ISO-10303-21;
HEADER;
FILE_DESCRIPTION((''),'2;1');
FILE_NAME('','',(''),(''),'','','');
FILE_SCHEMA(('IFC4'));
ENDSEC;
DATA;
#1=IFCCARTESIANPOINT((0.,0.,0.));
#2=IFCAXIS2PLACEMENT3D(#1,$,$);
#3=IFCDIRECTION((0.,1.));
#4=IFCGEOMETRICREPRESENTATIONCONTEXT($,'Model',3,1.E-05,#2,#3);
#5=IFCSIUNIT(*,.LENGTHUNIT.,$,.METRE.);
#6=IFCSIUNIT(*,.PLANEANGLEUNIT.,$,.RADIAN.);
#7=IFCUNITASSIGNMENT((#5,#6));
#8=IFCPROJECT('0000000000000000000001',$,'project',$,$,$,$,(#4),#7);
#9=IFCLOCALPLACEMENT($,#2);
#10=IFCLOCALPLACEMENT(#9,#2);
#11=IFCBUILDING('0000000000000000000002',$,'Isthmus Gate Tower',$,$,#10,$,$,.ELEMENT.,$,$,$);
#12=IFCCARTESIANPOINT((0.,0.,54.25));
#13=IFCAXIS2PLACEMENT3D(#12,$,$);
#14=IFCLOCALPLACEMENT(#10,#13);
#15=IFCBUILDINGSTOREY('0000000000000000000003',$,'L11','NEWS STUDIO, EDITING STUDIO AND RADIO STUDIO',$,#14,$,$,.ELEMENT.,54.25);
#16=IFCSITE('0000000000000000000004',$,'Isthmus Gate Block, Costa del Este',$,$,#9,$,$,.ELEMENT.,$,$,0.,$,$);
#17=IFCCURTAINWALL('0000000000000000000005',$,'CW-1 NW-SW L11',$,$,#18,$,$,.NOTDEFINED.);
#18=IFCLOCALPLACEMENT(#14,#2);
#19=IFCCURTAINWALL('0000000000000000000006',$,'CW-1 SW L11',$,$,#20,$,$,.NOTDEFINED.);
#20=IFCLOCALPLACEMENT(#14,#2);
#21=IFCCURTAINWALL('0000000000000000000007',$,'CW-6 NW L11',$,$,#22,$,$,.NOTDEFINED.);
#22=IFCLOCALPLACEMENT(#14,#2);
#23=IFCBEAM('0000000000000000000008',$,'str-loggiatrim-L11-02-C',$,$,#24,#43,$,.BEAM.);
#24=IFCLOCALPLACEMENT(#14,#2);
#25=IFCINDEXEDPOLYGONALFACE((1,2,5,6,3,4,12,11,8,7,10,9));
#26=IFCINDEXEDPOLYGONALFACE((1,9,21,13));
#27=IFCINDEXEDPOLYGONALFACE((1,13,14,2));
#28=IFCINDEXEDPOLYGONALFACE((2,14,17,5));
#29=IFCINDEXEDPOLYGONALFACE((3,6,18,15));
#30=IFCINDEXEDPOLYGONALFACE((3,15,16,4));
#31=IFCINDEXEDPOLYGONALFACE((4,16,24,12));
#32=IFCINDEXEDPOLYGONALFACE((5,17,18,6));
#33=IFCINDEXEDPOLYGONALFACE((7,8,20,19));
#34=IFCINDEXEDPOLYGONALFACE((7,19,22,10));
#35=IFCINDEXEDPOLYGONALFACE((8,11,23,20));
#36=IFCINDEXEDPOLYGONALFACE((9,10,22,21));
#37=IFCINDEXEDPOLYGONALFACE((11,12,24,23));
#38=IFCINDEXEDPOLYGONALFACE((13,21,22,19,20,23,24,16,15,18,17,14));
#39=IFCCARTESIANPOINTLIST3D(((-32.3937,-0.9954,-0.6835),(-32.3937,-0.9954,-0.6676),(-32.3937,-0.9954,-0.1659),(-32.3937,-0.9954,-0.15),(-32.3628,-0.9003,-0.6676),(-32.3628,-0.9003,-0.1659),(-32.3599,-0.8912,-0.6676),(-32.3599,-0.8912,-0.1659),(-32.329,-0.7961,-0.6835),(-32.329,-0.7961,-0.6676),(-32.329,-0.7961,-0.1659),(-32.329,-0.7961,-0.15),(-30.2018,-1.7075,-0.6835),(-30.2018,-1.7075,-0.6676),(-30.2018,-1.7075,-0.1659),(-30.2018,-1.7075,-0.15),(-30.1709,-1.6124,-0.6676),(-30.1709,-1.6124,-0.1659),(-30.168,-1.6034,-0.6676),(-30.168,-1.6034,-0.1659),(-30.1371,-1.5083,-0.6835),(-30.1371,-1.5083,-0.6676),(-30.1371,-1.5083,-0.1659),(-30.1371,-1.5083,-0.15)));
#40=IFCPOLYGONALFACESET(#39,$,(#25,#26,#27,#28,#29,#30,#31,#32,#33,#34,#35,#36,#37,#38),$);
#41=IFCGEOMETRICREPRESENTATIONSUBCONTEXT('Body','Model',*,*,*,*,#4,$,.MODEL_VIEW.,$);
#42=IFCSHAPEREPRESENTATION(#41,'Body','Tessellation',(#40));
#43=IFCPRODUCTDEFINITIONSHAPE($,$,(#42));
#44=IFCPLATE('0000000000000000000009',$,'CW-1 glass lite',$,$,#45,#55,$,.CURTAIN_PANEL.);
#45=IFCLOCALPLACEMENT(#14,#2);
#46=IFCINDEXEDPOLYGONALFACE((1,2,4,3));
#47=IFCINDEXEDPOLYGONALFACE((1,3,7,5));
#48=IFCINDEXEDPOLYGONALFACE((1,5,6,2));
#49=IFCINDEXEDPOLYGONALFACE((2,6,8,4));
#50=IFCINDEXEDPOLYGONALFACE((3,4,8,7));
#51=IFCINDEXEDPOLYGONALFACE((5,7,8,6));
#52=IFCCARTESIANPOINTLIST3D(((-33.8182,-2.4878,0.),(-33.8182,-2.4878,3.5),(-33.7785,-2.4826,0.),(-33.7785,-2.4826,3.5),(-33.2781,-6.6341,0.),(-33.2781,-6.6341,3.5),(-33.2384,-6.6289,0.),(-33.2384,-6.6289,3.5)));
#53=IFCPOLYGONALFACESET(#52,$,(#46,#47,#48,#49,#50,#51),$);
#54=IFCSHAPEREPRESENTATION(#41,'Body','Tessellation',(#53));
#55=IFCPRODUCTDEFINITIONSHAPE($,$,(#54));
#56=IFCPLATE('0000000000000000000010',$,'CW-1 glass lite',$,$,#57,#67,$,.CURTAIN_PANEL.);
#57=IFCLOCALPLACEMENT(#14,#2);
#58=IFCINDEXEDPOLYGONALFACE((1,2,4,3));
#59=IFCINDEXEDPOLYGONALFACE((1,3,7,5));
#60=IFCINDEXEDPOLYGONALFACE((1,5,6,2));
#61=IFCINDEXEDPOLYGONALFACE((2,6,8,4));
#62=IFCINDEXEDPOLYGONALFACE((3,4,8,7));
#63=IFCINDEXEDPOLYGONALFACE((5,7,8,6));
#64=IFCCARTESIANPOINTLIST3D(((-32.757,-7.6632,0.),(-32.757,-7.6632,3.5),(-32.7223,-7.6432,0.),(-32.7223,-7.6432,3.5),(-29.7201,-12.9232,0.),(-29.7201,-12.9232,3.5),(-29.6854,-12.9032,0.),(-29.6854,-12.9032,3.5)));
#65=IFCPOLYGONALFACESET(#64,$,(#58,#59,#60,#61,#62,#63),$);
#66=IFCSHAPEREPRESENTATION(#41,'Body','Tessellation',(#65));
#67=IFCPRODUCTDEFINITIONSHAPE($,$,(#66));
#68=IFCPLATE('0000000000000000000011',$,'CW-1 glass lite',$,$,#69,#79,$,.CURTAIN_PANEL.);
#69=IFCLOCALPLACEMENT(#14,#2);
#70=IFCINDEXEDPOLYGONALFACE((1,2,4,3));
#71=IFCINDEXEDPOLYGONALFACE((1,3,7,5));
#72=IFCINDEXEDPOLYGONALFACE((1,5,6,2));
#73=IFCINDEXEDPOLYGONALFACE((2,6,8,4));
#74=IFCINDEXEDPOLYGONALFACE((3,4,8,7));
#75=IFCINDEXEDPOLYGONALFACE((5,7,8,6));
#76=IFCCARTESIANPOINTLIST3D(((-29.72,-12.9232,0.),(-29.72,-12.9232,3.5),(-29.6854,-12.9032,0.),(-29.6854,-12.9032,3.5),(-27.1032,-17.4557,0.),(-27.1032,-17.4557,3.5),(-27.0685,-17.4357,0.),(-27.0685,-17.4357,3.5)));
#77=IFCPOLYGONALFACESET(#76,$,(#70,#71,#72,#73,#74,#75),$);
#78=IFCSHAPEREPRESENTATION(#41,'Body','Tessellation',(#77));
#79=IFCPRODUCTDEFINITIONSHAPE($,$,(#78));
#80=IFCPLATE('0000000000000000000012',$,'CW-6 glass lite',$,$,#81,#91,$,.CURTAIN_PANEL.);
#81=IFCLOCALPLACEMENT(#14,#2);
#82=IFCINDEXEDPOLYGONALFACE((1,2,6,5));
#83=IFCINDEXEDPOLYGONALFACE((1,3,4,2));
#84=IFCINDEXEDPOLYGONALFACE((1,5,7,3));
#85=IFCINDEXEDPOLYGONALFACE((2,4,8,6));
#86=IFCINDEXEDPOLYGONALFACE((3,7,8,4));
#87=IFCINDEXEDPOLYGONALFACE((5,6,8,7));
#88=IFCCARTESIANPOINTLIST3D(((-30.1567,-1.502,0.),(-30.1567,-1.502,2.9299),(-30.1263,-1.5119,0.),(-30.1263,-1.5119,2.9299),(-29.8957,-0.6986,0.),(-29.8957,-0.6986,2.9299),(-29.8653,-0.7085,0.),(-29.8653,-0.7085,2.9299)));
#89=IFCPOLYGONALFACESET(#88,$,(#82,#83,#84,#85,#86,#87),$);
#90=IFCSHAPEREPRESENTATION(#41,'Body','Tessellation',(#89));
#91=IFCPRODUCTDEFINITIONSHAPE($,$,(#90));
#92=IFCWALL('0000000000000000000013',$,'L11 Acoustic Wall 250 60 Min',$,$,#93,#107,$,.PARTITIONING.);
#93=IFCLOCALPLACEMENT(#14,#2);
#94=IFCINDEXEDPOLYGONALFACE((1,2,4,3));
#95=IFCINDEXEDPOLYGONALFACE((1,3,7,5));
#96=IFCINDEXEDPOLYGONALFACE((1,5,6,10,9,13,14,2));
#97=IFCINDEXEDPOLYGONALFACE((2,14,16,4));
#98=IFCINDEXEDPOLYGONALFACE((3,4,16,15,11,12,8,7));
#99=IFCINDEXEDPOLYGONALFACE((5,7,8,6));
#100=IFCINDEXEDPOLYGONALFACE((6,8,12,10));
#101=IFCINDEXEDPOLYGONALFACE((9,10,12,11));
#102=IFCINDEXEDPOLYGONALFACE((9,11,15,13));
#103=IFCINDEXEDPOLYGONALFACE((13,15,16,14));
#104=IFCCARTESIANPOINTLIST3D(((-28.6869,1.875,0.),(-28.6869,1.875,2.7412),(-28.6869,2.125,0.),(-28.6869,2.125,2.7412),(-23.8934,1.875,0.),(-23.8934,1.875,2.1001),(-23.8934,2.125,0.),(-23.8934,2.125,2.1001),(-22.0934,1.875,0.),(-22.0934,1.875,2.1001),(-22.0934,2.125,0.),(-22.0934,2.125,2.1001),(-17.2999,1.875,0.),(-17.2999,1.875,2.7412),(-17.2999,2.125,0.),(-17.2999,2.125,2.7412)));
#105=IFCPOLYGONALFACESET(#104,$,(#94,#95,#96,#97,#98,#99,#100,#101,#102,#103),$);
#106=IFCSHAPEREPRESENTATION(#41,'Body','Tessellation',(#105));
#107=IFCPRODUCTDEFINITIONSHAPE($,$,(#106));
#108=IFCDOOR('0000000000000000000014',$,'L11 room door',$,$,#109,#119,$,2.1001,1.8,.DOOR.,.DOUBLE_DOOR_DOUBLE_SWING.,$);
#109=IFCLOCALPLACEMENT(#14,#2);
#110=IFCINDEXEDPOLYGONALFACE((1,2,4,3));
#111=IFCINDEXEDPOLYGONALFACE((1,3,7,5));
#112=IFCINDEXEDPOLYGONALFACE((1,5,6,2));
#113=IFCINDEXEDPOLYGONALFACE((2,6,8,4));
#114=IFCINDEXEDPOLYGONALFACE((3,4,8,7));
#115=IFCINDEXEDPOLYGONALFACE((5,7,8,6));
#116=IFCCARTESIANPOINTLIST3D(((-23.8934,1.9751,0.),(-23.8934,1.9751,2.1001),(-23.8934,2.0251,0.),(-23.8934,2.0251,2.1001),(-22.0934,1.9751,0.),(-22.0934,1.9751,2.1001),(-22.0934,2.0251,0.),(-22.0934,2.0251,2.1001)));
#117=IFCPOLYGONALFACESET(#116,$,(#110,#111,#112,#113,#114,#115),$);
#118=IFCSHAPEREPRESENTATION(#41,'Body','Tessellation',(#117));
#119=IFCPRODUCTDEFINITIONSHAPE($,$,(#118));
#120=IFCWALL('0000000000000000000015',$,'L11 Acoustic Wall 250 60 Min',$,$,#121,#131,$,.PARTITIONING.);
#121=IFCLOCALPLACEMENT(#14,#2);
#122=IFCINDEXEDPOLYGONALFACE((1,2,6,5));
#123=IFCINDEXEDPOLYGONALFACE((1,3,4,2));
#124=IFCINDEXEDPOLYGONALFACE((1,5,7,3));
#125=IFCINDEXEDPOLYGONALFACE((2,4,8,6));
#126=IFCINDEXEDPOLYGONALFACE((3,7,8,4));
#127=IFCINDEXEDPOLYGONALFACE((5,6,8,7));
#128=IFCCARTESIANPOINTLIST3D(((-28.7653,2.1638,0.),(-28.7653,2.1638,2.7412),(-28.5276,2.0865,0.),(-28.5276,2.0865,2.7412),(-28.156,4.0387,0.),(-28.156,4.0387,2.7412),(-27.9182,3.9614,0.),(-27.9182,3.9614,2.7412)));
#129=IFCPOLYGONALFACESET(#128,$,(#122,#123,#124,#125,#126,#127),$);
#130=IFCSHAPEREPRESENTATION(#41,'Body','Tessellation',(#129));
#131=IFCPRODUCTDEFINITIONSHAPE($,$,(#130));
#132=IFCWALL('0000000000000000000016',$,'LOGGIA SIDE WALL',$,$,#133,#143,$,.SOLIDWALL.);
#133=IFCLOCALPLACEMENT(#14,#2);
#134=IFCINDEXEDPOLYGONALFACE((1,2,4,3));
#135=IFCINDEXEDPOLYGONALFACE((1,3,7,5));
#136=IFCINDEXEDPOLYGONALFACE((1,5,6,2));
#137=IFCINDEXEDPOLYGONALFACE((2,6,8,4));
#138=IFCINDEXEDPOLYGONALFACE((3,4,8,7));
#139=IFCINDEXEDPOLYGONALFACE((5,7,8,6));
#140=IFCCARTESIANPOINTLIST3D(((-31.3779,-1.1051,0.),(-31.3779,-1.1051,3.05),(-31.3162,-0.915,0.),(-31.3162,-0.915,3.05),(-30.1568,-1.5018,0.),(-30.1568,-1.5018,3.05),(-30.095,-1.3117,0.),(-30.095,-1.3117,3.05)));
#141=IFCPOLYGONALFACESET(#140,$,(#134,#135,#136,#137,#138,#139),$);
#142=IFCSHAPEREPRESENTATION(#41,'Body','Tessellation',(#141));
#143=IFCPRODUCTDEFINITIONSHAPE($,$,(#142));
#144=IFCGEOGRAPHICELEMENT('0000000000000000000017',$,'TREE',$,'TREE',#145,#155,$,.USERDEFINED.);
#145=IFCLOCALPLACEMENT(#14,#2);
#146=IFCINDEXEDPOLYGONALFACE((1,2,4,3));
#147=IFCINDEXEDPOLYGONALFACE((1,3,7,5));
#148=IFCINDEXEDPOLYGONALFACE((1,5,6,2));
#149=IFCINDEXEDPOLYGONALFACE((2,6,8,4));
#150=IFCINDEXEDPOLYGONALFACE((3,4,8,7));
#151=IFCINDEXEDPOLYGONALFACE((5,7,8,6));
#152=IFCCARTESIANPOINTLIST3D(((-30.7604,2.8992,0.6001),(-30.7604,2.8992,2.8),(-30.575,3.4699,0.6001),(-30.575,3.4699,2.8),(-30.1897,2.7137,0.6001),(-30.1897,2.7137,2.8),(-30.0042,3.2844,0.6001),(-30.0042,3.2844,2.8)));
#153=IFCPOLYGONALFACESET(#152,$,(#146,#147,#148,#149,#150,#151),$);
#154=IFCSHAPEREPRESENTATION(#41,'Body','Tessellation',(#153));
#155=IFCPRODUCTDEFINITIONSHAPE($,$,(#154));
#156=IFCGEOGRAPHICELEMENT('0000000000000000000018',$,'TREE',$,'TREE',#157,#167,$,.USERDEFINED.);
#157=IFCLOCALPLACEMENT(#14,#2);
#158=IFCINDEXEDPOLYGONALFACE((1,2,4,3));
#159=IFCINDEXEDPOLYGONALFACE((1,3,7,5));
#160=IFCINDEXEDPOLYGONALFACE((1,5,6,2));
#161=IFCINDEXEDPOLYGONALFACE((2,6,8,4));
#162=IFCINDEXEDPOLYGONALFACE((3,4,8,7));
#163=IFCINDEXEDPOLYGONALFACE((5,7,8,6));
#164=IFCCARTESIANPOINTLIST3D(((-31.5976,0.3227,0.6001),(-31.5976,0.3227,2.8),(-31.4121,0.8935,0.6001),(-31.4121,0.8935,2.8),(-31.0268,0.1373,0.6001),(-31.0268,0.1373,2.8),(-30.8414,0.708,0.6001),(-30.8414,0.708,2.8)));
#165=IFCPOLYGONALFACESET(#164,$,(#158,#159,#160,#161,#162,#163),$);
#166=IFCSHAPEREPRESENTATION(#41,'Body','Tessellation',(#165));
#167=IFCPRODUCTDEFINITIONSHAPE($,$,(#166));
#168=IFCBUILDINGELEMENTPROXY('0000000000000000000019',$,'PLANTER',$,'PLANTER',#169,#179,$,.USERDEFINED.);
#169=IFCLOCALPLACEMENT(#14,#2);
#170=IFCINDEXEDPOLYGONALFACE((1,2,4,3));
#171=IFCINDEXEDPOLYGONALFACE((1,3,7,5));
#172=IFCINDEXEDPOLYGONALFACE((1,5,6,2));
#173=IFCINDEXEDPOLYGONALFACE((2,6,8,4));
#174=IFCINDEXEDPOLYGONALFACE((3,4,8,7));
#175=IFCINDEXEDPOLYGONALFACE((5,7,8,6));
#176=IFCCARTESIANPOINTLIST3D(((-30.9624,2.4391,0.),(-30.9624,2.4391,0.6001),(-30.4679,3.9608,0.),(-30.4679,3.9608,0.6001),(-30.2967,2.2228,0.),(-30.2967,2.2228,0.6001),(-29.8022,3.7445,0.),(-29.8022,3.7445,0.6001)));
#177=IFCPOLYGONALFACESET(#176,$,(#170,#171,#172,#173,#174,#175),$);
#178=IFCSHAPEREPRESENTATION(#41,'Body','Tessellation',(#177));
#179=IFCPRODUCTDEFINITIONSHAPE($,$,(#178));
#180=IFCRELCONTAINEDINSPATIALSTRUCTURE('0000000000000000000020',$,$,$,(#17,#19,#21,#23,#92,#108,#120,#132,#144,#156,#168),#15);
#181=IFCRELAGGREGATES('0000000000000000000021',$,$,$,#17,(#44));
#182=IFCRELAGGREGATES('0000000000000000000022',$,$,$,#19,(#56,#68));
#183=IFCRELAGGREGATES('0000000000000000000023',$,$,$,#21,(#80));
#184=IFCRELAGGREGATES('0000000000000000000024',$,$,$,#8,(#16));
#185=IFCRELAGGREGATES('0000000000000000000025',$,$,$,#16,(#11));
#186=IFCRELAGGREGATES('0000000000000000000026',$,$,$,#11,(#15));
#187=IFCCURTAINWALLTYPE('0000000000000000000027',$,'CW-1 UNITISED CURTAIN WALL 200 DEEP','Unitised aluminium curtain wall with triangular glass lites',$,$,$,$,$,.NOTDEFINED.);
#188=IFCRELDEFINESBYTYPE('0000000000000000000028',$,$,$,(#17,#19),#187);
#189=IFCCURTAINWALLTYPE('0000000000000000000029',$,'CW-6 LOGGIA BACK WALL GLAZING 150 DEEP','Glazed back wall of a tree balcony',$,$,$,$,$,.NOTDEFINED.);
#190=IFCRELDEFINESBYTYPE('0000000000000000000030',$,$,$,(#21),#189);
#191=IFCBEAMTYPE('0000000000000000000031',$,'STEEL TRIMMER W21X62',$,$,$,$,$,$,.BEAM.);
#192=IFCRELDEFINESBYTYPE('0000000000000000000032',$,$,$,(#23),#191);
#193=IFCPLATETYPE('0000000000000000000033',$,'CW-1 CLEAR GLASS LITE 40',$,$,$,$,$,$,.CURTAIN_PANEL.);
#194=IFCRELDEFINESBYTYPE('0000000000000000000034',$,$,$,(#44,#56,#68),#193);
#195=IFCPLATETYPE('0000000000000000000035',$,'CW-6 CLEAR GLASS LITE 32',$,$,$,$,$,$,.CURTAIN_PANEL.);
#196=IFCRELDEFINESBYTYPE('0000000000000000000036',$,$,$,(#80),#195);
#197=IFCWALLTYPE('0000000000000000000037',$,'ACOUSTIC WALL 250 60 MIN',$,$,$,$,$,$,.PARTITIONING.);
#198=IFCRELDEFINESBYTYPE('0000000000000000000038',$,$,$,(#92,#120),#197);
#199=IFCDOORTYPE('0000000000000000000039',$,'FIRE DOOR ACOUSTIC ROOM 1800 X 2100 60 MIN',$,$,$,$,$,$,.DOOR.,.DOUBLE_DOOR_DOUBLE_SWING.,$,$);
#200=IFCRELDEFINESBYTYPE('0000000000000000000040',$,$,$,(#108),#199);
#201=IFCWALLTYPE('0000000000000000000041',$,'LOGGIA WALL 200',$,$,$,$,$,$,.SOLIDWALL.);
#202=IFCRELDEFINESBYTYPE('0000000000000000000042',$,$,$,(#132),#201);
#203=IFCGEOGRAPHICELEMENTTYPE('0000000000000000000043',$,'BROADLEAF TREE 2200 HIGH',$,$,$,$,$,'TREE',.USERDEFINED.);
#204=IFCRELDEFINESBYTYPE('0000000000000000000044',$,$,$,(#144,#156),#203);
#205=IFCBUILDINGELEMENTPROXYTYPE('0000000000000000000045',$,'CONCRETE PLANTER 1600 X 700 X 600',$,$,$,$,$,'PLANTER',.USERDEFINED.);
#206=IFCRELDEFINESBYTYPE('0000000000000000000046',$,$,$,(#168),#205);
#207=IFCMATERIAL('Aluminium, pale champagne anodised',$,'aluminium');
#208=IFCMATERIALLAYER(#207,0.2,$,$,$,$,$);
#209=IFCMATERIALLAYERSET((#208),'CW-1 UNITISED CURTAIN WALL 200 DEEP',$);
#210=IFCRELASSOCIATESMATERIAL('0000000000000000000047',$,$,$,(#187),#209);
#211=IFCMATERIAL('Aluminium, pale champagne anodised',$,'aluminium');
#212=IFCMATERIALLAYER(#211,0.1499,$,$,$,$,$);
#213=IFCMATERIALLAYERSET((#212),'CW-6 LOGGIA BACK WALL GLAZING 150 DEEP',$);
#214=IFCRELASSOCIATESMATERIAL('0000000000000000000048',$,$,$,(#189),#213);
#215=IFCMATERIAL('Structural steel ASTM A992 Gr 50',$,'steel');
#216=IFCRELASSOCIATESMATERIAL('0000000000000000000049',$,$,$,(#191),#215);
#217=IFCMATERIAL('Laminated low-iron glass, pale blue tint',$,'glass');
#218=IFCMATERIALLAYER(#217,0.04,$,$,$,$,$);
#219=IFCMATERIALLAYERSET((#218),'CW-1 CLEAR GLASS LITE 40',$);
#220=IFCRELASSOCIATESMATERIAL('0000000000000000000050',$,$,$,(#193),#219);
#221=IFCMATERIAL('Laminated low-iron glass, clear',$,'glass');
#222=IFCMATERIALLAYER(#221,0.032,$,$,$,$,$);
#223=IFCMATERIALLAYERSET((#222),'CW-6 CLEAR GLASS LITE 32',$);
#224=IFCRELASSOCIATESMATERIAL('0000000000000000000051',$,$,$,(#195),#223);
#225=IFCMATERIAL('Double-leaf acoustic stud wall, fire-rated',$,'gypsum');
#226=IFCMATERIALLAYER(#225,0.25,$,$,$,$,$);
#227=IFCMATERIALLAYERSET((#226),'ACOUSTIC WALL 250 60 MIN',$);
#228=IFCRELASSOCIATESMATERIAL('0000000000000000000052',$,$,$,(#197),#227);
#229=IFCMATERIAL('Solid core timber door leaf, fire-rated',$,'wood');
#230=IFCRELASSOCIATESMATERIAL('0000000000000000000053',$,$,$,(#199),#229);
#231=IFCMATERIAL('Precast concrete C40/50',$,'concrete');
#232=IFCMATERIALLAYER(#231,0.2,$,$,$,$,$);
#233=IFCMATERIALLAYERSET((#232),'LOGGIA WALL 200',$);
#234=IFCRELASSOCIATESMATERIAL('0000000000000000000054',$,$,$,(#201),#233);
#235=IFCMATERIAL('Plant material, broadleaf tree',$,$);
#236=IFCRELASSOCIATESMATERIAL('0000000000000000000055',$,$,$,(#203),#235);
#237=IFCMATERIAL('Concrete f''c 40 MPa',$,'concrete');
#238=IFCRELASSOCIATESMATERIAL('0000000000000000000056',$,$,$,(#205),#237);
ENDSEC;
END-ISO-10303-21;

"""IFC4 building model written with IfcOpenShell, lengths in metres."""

from ifc_helpers import new_model, si_unit, direction, frame, frame_2d, origin, origin_2d, place, context, subcontext, project, spatial, rectangle, i_section, extrude, material, layer, layer_set, material_profile, profile_set, type_object, element, fill, aggregate, save


model = new_model("IFC4")

# Units and contexts
model_context = context("Model", 3, precision=1e-05, world=origin(), true_north=direction((0.0, 1.0)))
body_context = subcontext(model_context, "Body", "Model", "MODEL_VIEW")
ifc_project = project(units=[si_unit("LENGTHUNIT", "METRE"), si_unit("PLANEANGLEUNIT", "RADIAN")], contexts=[model_context])

# Site, building, storey
site_placement = place(None, origin())
site = spatial("IfcSite", under=ifc_project, at=site_placement, Name="Isthmus Gate Block, Costa del Este", CompositionType="ELEMENT", RefElevation=0.0)
building_placement = place(site_placement, origin())
building = spatial("IfcBuilding", under=site, at=building_placement, Name="Isthmus Gate Tower", CompositionType="ELEMENT")
storey_placement = place(building_placement, frame((0.0, 0.0, 54.25)))
storey = spatial("IfcBuildingStorey", under=building, at=storey_placement, Name="L11", Description="NEWS STUDIO, EDITING STUDIO AND RADIO STUDIO", CompositionType="ELEMENT", Elevation=54.25)

# Curtain walls
ifc_material_1 = material(Name="Aluminium, pale champagne anodised", Category="aluminium")
ifc_layer_1 = layer(ifc_material_1, 0.2)
ifc_layer_set_1 = layer_set([ifc_layer_1], Name="CW-1 UNITISED CURTAIN WALL 200 DEEP")
curtain_wall_type_1 = type_object("IfcCurtainWallType", Name="CW-1 UNITISED CURTAIN WALL 200 DEEP", Description="Unitised aluminium curtain wall with triangular glass lites", PredefinedType="NOTDEFINED", material=ifc_layer_set_1)
curtain_wall_1_placement = place(storey_placement, origin())
curtain_wall_1 = element("IfcCurtainWall", 1, at=curtain_wall_1_placement, inside=storey, type_object=curtain_wall_type_1, Name="CW-1 NW-SW L11", PredefinedType="NOTDEFINED")
curtain_wall_2_placement = place(storey_placement, origin())
curtain_wall_2 = element("IfcCurtainWall", 2, at=curtain_wall_2_placement, inside=storey, type_object=curtain_wall_type_1, Name="CW-1 SW L11", PredefinedType="NOTDEFINED")

# Curtain wall
ifc_material_2 = material(Name="Aluminium, pale champagne anodised", Category="aluminium")
ifc_layer_2 = layer(ifc_material_2, 0.1499)
ifc_layer_set_2 = layer_set([ifc_layer_2], Name="CW-6 LOGGIA BACK WALL GLAZING 150 DEEP")
curtain_wall_type_2 = type_object("IfcCurtainWallType", Name="CW-6 LOGGIA BACK WALL GLAZING 150 DEEP", Description="Glazed back wall of a tree balcony", PredefinedType="NOTDEFINED", material=ifc_layer_set_2)
curtain_wall_3_placement = place(storey_placement, origin())
curtain_wall_3 = element("IfcCurtainWall", 3, at=curtain_wall_3_placement, inside=storey, type_object=curtain_wall_type_2, Name="CW-6 NW L11", PredefinedType="NOTDEFINED")

# Beam
ifc_material_3 = material(Name="Structural steel ASTM A992 Gr 50", Category="steel")
ifc_material_profile_1 = material_profile(ifc_material_3, i_section(OverallWidth=0.2095, OverallDepth=0.5334, WebThickness=0.0095, FlangeThickness=0.0159, at=origin_2d()), Name="W21X62")
ifc_profile_set_1 = profile_set([ifc_material_profile_1], Name="Structural steel ASTM A992 Gr 50")
beam_type_1 = type_object("IfcBeamType", Name="STEEL TRIMMER W21X62", PredefinedType="BEAM", material=ifc_profile_set_1)
beam_1_placement = place(storey_placement, frame((-32.3613, -0.8958, -0.4167), z_axis=(0.951061, -0.309005, 0.0), x_axis=(0.309005, 0.951061, 0.0)))
element("IfcBeam", 4, at=beam_1_placement, inside=storey, type_object=beam_type_1, Name="str-loggiatrim-L11-02-C", PredefinedType="BEAM", context=body_context, shape_type="SweptSolid", body=[
    extrude(i_section(OverallWidth=0.2095, OverallDepth=0.5334, WebThickness=0.0095, FlangeThickness=0.0159, at=origin_2d()), origin(), (0.0, 0.0, 1.0), 2.3047),
])

# Plates
ifc_material_4 = material(Name="Laminated low-iron glass, pale blue tint", Category="glass")
ifc_layer_3 = layer(ifc_material_4, 0.04)
ifc_layer_set_3 = layer_set([ifc_layer_3], Name="CW-1 CLEAR GLASS LITE 40")
plate_type_1 = type_object("IfcPlateType", Name="CW-1 CLEAR GLASS LITE 40", PredefinedType="CURTAIN_PANEL", material=ifc_layer_set_3)
plate_1_placement = place(storey_placement, frame((-33.5283, -4.5583, 0.0), z_axis=(0.0, 0.0, 1.0), x_axis=(0.129165, -0.991623, 0.0)))
plate_1 = element("IfcPlate", 5, at=plate_1_placement, type_object=plate_type_1, Name="CW-1 glass lite", PredefinedType="CURTAIN_PANEL", context=body_context, shape_type="SweptSolid", body=[
    extrude(rectangle(XDim=4.1814, YDim=0.04, at=origin_2d()), origin(), (0.0, 0.0, 1.0), 3.5),
])
aggregate(curtain_wall_1, [plate_1])
plate_2_placement = place(storey_placement, frame((-31.2212, -10.2832, 0.0), z_axis=(0.0, 0.0, 1.0), x_axis=(0.5, -0.866025, 0.0)))
plate_2 = element("IfcPlate", 6, at=plate_2_placement, type_object=plate_type_1, Name="CW-1 glass lite", PredefinedType="CURTAIN_PANEL", context=body_context, shape_type="SweptSolid", body=[
    extrude(rectangle(XDim=6.0737, YDim=0.04, at=origin_2d()), origin(), (0.0, 0.0, 1.0), 3.5),
])
plate_3_placement = place(storey_placement, frame((-28.3943, -15.1794, 0.0), z_axis=(0.0, 0.0, 1.0), x_axis=(0.5, -0.866025, 0.0)))
plate_3 = element("IfcPlate", 7, at=plate_3_placement, type_object=plate_type_1, Name="CW-1 glass lite", PredefinedType="CURTAIN_PANEL", context=body_context, shape_type="SweptSolid", body=[
    extrude(rectangle(XDim=5.2336, YDim=0.04, at=origin_2d()), origin(), (0.0, 0.0, 1.0), 3.5),
])
aggregate(curtain_wall_2, [plate_2, plate_3])
ifc_material_5 = material(Name="Laminated low-iron glass, clear", Category="glass")
ifc_layer_4 = layer(ifc_material_5, 0.032)
ifc_layer_set_4 = layer_set([ifc_layer_4], Name="CW-6 CLEAR GLASS LITE 32")
plate_type_2 = type_object("IfcPlateType", Name="CW-6 CLEAR GLASS LITE 32", PredefinedType="CURTAIN_PANEL", material=ifc_layer_set_4)
plate_4_placement = place(storey_placement, frame((-30.011, -1.1052, 0.0), z_axis=(0.0, 0.0, 1.0), x_axis=(-0.309017, -0.951057, 0.0)))
plate_4 = element("IfcPlate", 8, at=plate_4_placement, type_object=plate_type_2, Name="CW-6 glass lite", PredefinedType="CURTAIN_PANEL", context=body_context, shape_type="SweptSolid", body=[
    extrude(rectangle(XDim=0.8447, YDim=0.032, at=origin_2d()), origin(), (0.0, 0.0, 1.0), 2.9299),
])
aggregate(curtain_wall_3, [plate_4])

# Wall, opening, door
ifc_material_6 = material(Name="Double-leaf acoustic stud wall, fire-rated", Category="gypsum")
ifc_layer_5 = layer(ifc_material_6, 0.25)
ifc_layer_set_5 = layer_set([ifc_layer_5], Name="ACOUSTIC WALL 250 60 MIN")
wall_type_1 = type_object("IfcWallType", Name="ACOUSTIC WALL 250 60 MIN", PredefinedType="PARTITIONING", material=ifc_layer_set_5)
wall_1_placement = place(storey_placement, frame((-17.3, 2.0, 0.0), z_axis=(0.0, 0.0, 1.0), x_axis=(-1.0, 0.0, 0.0)))
wall_1 = element("IfcWall", 9, at=wall_1_placement, inside=storey, type_object=wall_type_1, Name="L11 Acoustic Wall 250 60 Min", PredefinedType="PARTITIONING", context=body_context, shape_type="SweptSolid", body=[
    extrude(rectangle(XDim=11.387, YDim=0.25, at=frame_2d((5.6934, 0.0))), origin(), (0.0, 0.0, 1.0), 2.7412),
])
opening_1_placement = place(wall_1_placement, frame((4.7935, 0.0, 0.0)))
opening_1 = element("IfcOpeningElement", 10, at=opening_1_placement, cuts=wall_1, PredefinedType="OPENING", context=body_context, shape_type="SweptSolid", body=[
    extrude(rectangle(XDim=1.8, YDim=2.1001, at=frame_2d((0.8999, 1.05))), frame((0.0, 0.135, 0.0), z_axis=(0.0, -1.0, 0.0), x_axis=(1.0, 0.0, 0.0)), (0.0, 0.0, 1.0), 0.27),
])
ifc_material_7 = material(Name="Solid core timber door leaf, fire-rated", Category="wood")
door_type_1 = type_object("IfcDoorType", Name="FIRE DOOR ACOUSTIC ROOM 1800 X 2100 60 MIN", OperationType="DOUBLE_DOOR_DOUBLE_SWING", PredefinedType="DOOR", material=ifc_material_7)
door_1_placement = place(opening_1_placement, origin())
door_1 = element("IfcDoor", 11, at=door_1_placement, inside=storey, type_object=door_type_1, Name="L11 room door", OperationType="DOUBLE_DOOR_DOUBLE_SWING", OverallHeight=2.1001, OverallWidth=1.8, PredefinedType="DOOR", context=body_context, shape_type="SweptSolid", body=[
    extrude(rectangle(XDim=1.8, YDim=2.1001, at=frame_2d((0.8999, 1.05))), frame((0.0, 0.0249, 0.0), z_axis=(0.0, -1.0, 0.0), x_axis=(1.0, 0.0, 0.0)), (0.0, 0.0, 1.0), 0.05),
])
fill(opening_1, door_1)

# Wall
wall_2_placement = place(storey_placement, frame((-28.6465, 2.125, 0.0), z_axis=(0.0, 0.0, 1.0), x_axis=(0.309086, 0.951034, 0.0)))
element("IfcWall", 12, at=wall_2_placement, inside=storey, type_object=wall_type_1, Name="L11 Acoustic Wall 250 60 Min", PredefinedType="PARTITIONING", context=body_context, shape_type="SweptSolid", body=[
    extrude(rectangle(XDim=1.9714, YDim=0.25, at=frame_2d((0.9858, 0.0))), origin(), (0.0, 0.0, 1.0), 2.7412),
])

# Shared definitions
ifc_material_8 = material(Name="Precast concrete C40/50", Category="concrete")
ifc_layer_6 = layer(ifc_material_8, 0.2)
ifc_layer_set_6 = layer_set([ifc_layer_6], Name="LOGGIA WALL 200")
wall_type_2 = type_object("IfcWallType", Name="LOGGIA WALL 200", PredefinedType="SOLIDWALL", material=ifc_layer_set_6)

# Wall
wall_3_placement = place(storey_placement, frame((-31.3472, -1.01, 0.0), z_axis=(0.0, 0.0, 1.0), x_axis=(0.95107, -0.308974, 0.0)))
element("IfcWall", 13, at=wall_3_placement, inside=storey, type_object=wall_type_2, Name="LOGGIA SIDE WALL", PredefinedType="SOLIDWALL", context=body_context, shape_type="SweptSolid", body=[
    extrude(rectangle(XDim=1.2839, YDim=0.2, at=frame_2d((0.6421, 0.0))), origin(), (0.0, 0.0, 1.0), 3.05),
])

# Geographic elements
ifc_material_9 = material(Name="Plant material, broadleaf tree")
geographic_element_type = type_object("IfcGeographicElementType", Name="BROADLEAF TREE 2200 HIGH", ElementType="TREE", PredefinedType="USERDEFINED", material=ifc_material_9)
for number, where, z_axis, x_axis, name in (
    (14, (-30.3823, 3.0918, 0.6001), (0.0, 0.0, 1.0), (-0.309017, -0.951057, 0.0), "TREE"),
    (15, (-31.2195, 0.5154, 0.6001), (0.0, 0.0, 1.0), (-0.309017, -0.951057, 0.0), "TREE"),
):
    element("IfcGeographicElement", number, at=place(storey_placement, frame(where, z_axis=z_axis, x_axis=x_axis)), inside=storey, type_object=geographic_element_type, Name=name, ObjectType="TREE", PredefinedType="USERDEFINED", context=body_context, shape_type="SweptSolid", body=[
        extrude(rectangle(XDim=0.6001, YDim=0.6001, at=origin_2d()), origin(), (0.0, 0.0, 1.0), 2.2),
    ])

# Building element proxy
ifc_material_10 = material(Name="Concrete f'c 40 MPa", Category="concrete")
building_element_proxy_type = type_object("IfcBuildingElementProxyType", Name="CONCRETE PLANTER 1600 X 700 X 600", ElementType="PLANTER", PredefinedType="USERDEFINED", material=ifc_material_10)
for number, where, z_axis, x_axis, name in (
    (16, (-30.3823, 3.0918, 0.0), (0.0, 0.0, 1.0), (-0.309017, -0.951057, 0.0), "PLANTER"),
):
    element("IfcBuildingElementProxy", number, at=place(storey_placement, frame(where, z_axis=z_axis, x_axis=x_axis)), inside=storey, type_object=building_element_proxy_type, Name=name, ObjectType="PLANTER", PredefinedType="USERDEFINED", context=body_context, shape_type="SweptSolid", body=[
        extrude(rectangle(XDim=1.6001, YDim=0.7, at=origin_2d()), origin(), (0.0, 0.0, 1.0), 0.6001),
    ])

save(model, "model.ifc")
